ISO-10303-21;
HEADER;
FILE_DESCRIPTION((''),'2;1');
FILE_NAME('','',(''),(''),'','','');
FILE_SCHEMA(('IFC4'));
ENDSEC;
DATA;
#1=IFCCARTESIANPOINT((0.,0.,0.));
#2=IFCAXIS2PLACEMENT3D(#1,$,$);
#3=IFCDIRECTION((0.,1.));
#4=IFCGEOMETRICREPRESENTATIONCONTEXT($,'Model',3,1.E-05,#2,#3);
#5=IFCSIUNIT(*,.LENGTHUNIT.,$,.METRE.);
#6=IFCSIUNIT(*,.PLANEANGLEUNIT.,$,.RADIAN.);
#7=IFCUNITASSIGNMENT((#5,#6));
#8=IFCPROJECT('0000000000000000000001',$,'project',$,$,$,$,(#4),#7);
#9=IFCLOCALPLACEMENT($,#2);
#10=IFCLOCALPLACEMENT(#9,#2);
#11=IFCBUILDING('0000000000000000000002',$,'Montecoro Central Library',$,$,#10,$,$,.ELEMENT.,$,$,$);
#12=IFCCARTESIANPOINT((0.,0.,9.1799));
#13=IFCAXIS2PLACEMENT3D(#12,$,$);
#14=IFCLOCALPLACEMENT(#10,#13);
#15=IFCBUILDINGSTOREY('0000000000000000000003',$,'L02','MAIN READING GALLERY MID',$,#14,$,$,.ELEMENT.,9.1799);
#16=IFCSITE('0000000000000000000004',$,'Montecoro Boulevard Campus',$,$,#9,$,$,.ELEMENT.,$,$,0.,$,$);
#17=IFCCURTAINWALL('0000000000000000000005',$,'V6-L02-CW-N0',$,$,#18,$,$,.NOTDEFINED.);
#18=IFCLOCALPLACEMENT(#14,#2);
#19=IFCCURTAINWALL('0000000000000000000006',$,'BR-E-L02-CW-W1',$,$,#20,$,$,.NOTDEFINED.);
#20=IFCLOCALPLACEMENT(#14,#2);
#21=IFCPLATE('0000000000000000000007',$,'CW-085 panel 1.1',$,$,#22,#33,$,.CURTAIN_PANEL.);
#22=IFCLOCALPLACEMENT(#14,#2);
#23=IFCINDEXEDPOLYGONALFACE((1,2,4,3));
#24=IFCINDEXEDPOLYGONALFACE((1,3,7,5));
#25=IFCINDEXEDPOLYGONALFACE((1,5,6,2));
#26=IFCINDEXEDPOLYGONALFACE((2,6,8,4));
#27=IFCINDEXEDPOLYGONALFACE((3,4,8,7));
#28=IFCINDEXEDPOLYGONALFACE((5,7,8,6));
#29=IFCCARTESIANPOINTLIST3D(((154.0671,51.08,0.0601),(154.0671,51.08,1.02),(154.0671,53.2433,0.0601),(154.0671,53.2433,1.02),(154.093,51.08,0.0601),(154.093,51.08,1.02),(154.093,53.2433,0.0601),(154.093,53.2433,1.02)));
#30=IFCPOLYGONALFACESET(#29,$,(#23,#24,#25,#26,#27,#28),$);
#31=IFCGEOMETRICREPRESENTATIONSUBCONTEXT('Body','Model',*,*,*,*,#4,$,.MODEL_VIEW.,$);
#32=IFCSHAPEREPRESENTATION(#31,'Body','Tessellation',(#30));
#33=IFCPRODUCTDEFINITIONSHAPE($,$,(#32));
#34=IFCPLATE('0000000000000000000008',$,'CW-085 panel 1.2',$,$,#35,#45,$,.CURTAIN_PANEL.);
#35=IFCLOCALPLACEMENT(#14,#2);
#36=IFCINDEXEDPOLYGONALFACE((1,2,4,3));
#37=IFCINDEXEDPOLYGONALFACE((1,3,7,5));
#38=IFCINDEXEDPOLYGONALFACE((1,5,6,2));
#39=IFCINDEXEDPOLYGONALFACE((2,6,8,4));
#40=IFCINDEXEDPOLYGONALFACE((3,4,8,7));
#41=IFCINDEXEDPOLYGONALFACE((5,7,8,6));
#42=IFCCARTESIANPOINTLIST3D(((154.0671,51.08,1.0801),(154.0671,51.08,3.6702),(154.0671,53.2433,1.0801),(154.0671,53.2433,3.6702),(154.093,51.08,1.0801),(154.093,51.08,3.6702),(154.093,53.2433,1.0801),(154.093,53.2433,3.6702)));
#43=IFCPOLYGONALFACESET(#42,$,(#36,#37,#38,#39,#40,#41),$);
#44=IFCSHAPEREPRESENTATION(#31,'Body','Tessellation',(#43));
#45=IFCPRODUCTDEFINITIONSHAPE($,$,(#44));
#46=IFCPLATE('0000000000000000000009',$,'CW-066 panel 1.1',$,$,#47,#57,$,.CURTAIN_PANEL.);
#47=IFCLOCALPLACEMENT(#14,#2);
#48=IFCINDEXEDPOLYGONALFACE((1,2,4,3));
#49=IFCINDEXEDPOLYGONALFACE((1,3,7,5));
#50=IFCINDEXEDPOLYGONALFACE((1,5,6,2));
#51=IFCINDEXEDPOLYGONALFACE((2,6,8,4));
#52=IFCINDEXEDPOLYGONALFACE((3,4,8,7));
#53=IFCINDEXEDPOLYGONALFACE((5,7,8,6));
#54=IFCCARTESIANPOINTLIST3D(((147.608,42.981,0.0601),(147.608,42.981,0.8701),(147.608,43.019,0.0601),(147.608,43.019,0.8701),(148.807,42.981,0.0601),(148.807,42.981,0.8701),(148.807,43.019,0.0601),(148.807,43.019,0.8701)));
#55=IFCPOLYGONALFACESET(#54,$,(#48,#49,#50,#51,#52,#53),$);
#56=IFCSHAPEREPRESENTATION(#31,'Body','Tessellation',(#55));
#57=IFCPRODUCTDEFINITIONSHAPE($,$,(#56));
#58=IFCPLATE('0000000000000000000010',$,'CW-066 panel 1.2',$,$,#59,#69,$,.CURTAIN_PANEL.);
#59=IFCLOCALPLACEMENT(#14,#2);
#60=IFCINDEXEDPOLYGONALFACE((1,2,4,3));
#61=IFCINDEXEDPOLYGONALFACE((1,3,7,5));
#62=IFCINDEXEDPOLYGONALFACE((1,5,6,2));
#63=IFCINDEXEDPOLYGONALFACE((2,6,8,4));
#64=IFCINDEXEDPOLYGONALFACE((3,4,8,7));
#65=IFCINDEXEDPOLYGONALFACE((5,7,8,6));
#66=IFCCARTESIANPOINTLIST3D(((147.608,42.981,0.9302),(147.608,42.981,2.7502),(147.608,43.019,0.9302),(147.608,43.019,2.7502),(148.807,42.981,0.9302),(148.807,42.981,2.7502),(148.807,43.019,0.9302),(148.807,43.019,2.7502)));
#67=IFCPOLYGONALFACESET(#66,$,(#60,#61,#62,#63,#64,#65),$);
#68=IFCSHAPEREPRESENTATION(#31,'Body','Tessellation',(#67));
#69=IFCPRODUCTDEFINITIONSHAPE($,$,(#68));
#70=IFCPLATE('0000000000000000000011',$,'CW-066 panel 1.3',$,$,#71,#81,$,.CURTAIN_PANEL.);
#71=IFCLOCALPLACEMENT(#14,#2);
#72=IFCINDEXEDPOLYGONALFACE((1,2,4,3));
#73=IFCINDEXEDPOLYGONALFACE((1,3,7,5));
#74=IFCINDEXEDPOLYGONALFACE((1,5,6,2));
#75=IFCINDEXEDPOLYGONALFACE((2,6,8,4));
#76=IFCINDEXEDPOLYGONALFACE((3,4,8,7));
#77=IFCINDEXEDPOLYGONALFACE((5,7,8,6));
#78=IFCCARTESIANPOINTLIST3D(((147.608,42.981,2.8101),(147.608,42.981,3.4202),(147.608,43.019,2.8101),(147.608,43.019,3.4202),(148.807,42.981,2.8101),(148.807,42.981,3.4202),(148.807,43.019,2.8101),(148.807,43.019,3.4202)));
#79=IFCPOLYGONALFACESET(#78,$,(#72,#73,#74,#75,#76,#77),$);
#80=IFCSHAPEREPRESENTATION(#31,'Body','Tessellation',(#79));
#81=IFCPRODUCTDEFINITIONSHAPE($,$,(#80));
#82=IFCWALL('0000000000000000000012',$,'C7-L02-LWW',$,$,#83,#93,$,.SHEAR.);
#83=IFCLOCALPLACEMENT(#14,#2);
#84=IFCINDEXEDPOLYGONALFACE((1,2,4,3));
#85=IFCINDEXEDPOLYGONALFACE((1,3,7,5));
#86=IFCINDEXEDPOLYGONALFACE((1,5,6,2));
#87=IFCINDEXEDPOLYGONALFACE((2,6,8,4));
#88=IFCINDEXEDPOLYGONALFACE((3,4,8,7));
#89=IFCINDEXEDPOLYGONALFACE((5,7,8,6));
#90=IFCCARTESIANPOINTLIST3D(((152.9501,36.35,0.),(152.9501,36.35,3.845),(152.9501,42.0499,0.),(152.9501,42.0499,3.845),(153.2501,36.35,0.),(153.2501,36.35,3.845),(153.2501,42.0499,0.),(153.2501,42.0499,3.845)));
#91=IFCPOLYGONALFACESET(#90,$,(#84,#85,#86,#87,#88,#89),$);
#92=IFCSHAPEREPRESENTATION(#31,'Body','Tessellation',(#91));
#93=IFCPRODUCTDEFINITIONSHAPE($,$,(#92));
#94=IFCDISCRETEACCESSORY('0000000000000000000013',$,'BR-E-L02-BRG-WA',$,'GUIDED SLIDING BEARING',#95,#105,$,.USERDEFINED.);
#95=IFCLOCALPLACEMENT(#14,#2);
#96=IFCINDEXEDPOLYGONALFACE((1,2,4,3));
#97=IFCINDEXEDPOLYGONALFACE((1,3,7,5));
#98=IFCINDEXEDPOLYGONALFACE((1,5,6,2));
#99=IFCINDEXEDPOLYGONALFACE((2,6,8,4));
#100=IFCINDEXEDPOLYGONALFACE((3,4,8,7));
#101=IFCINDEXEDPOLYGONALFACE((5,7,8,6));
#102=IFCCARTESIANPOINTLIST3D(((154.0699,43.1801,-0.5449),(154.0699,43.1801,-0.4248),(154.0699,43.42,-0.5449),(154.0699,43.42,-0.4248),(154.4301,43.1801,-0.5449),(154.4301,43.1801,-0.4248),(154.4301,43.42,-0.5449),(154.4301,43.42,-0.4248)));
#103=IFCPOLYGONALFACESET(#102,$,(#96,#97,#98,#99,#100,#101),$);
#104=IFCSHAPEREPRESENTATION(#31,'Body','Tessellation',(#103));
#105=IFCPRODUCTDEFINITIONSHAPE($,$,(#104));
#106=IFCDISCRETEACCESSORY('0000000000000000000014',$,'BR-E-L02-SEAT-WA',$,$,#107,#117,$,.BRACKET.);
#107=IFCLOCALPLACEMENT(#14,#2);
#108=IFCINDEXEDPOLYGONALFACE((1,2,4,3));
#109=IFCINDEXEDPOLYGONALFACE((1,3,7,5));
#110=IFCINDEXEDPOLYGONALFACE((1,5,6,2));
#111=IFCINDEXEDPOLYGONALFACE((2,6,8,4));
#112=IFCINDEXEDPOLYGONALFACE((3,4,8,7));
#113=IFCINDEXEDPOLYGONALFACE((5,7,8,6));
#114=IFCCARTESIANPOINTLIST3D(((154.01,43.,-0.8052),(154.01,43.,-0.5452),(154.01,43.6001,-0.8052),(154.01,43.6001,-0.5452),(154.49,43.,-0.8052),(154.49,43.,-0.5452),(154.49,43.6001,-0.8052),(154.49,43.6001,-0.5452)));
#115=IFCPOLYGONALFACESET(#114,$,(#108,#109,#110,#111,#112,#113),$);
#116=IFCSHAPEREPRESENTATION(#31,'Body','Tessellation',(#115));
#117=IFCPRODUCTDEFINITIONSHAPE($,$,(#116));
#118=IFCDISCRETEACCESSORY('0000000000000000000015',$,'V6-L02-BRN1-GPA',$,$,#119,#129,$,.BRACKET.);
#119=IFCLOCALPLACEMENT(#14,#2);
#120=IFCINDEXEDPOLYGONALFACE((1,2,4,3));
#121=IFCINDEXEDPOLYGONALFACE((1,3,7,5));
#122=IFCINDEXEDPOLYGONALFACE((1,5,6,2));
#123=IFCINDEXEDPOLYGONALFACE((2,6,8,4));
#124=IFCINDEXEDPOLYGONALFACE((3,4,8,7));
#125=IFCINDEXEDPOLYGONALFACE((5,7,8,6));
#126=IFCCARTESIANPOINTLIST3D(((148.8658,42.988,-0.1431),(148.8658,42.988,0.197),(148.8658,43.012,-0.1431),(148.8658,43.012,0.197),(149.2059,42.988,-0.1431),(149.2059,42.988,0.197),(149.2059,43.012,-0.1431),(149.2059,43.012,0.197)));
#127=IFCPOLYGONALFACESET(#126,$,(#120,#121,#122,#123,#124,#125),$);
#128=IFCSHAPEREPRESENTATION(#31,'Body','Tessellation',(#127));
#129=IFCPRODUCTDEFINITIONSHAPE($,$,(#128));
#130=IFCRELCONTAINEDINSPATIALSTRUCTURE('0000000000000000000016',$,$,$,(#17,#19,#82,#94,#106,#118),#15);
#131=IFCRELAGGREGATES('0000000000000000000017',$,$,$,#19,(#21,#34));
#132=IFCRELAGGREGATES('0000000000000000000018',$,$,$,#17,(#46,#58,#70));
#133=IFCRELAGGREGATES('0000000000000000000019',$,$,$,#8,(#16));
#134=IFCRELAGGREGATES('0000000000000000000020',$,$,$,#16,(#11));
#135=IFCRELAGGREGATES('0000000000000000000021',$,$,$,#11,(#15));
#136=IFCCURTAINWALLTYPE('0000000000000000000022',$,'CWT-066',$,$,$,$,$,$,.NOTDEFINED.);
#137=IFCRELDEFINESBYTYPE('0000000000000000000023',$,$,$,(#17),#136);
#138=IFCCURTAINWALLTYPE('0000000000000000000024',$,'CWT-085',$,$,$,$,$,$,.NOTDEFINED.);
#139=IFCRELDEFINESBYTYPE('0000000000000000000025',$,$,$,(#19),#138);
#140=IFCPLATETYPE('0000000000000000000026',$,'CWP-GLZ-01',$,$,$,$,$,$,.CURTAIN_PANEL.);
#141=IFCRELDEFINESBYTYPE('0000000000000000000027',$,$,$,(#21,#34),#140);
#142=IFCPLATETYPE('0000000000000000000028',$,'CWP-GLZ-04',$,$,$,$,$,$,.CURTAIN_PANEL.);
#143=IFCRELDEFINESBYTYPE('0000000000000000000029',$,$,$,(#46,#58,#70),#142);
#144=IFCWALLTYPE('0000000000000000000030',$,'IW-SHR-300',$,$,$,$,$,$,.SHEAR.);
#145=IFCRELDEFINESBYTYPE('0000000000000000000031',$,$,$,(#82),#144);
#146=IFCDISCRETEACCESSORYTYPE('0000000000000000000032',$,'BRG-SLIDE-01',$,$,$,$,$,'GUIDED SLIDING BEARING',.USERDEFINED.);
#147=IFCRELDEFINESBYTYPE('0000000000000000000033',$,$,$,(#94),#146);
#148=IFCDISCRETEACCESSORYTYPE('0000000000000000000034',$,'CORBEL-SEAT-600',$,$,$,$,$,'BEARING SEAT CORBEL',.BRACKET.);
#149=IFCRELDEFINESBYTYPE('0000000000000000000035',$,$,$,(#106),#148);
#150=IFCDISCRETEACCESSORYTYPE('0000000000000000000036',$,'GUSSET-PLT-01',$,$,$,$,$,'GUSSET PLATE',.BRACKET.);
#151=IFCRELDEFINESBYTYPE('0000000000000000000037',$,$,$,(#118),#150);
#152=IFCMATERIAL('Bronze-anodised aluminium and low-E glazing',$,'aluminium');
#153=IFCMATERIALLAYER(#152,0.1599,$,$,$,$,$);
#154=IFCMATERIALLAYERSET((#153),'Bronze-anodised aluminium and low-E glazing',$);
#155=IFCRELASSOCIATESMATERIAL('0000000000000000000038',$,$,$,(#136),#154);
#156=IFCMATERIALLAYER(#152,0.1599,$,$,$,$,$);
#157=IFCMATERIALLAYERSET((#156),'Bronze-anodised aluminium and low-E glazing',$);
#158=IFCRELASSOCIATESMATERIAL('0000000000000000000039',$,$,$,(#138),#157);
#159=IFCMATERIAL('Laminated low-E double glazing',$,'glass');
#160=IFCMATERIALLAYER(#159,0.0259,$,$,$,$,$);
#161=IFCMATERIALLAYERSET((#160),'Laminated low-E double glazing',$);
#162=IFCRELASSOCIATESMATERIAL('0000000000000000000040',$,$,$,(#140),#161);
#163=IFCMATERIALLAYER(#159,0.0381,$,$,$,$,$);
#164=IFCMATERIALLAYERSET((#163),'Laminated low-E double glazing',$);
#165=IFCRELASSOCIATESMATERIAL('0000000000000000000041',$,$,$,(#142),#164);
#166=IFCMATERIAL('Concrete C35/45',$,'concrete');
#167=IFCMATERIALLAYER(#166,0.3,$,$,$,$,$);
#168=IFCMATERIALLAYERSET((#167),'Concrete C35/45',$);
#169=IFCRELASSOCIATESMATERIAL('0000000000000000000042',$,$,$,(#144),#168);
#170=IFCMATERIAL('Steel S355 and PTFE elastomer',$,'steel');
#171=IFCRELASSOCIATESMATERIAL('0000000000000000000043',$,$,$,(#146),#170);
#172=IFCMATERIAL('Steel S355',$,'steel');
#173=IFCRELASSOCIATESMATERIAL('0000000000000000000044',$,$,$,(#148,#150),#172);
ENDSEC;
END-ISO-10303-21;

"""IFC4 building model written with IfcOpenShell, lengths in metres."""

from ifc_helpers import new_model, si_unit, direction, frame, frame_2d, origin, origin_2d, place, context, subcontext, project, spatial, rectangle, extrude, material, layer, layer_set, type_object, element, aggregate, save


model = new_model("IFC4")

# Units and contexts
model_context = context("Model", 3, precision=1e-05, world=origin(), true_north=direction((0.0, 1.0)))
body_context = subcontext(model_context, "Body", "Model", "MODEL_VIEW")
ifc_project = project(units=[si_unit("LENGTHUNIT", "METRE"), si_unit("PLANEANGLEUNIT", "RADIAN")], contexts=[model_context])

# Site, building, storey
site_placement = place(None, origin())
site = spatial("IfcSite", under=ifc_project, at=site_placement, Name="Montecoro Boulevard Campus", CompositionType="ELEMENT", RefElevation=0.0)
building_placement = place(site_placement, origin())
building = spatial("IfcBuilding", under=site, at=building_placement, Name="Montecoro Central Library", CompositionType="ELEMENT")
storey_placement = place(building_placement, frame((0.0, 0.0, 9.1799)))
storey = spatial("IfcBuildingStorey", under=building, at=storey_placement, Name="L02", Description="MAIN READING GALLERY MID", CompositionType="ELEMENT", Elevation=9.1799)

# Shared definitions
ifc_material_1 = material(Name="Steel S355", Category="steel")

# Curtain wall
ifc_material_2 = material(Name="Bronze-anodised aluminium and low-E glazing", Category="aluminium")
ifc_layer_1 = layer(ifc_material_2, 0.1599)
ifc_layer_set_1 = layer_set([ifc_layer_1], Name="Bronze-anodised aluminium and low-E glazing")
curtain_wall_type_1 = type_object("IfcCurtainWallType", Name="CWT-066", PredefinedType="NOTDEFINED", material=ifc_layer_set_1)
curtain_wall_1_placement = place(storey_placement, origin())
curtain_wall_1 = element("IfcCurtainWall", 1, at=curtain_wall_1_placement, inside=storey, type_object=curtain_wall_type_1, Name="V6-L02-CW-N0", PredefinedType="NOTDEFINED")

# Curtain wall
ifc_layer_2 = layer(ifc_material_2, 0.1599)
ifc_layer_set_2 = layer_set([ifc_layer_2], Name="Bronze-anodised aluminium and low-E glazing")
curtain_wall_type_2 = type_object("IfcCurtainWallType", Name="CWT-085", PredefinedType="NOTDEFINED", material=ifc_layer_set_2)
curtain_wall_2_placement = place(storey_placement, origin())
curtain_wall_2 = element("IfcCurtainWall", 2, at=curtain_wall_2_placement, inside=storey, type_object=curtain_wall_type_2, Name="BR-E-L02-CW-W1", PredefinedType="NOTDEFINED")

# Plates
ifc_material_3 = material(Name="Laminated low-E double glazing", Category="glass")
ifc_layer_3 = layer(ifc_material_3, 0.0259)
ifc_layer_set_3 = layer_set([ifc_layer_3], Name="Laminated low-E double glazing")
plate_type_1 = type_object("IfcPlateType", Name="CWP-GLZ-01", PredefinedType="CURTAIN_PANEL", material=ifc_layer_set_3)
plate_1_placement = place(storey_placement, frame((154.0801, 52.1616, 0.0601), z_axis=(0.0, 0.0, 1.0), x_axis=(0.0, 1.0, 0.0)))
plate_1 = element("IfcPlate", 3, at=plate_1_placement, type_object=plate_type_1, Name="CW-085 panel 1.1", PredefinedType="CURTAIN_PANEL", context=body_context, shape_type="SweptSolid", body=[
    extrude(rectangle(XDim=2.1633, YDim=0.0259, at=origin_2d()), origin(), (0.0, 0.0, 1.0), 0.96),
])
plate_2_placement = place(storey_placement, frame((154.0801, 52.1616, 1.0801), z_axis=(0.0, 0.0, 1.0), x_axis=(0.0, 1.0, 0.0)))
plate_2 = element("IfcPlate", 4, at=plate_2_placement, type_object=plate_type_1, Name="CW-085 panel 1.2", PredefinedType="CURTAIN_PANEL", context=body_context, shape_type="SweptSolid", body=[
    extrude(rectangle(XDim=2.1633, YDim=0.0259, at=origin_2d()), origin(), (0.0, 0.0, 1.0), 2.5901),
])
aggregate(curtain_wall_2, [plate_1, plate_2])
ifc_layer_4 = layer(ifc_material_3, 0.0381)
ifc_layer_set_4 = layer_set([ifc_layer_4], Name="Laminated low-E double glazing")
plate_type_2 = type_object("IfcPlateType", Name="CWP-GLZ-04", PredefinedType="CURTAIN_PANEL", material=ifc_layer_set_4)
plate_3_placement = place(storey_placement, frame((148.2075, 43.0, 0.0601), z_axis=(0.0, 0.0, 1.0), x_axis=(-1.0, 0.0, 0.0)))
plate_3 = element("IfcPlate", 5, at=plate_3_placement, type_object=plate_type_2, Name="CW-066 panel 1.1", PredefinedType="CURTAIN_PANEL", context=body_context, shape_type="SweptSolid", body=[
    extrude(rectangle(XDim=1.199, YDim=0.0381, at=origin_2d()), origin(), (0.0, 0.0, 1.0), 0.8101),
])
plate_4_placement = place(storey_placement, frame((148.2075, 43.0, 0.9302), z_axis=(0.0, 0.0, 1.0), x_axis=(-1.0, 0.0, 0.0)))
plate_4 = element("IfcPlate", 6, at=plate_4_placement, type_object=plate_type_2, Name="CW-066 panel 1.2", PredefinedType="CURTAIN_PANEL", context=body_context, shape_type="SweptSolid", body=[
    extrude(rectangle(XDim=1.199, YDim=0.0381, at=origin_2d()), origin(), (0.0, 0.0, 1.0), 1.8201),
])
plate_5_placement = place(storey_placement, frame((148.2075, 43.0, 2.8101), z_axis=(0.0, 0.0, 1.0), x_axis=(-1.0, 0.0, 0.0)))
plate_5 = element("IfcPlate", 7, at=plate_5_placement, type_object=plate_type_2, Name="CW-066 panel 1.3", PredefinedType="CURTAIN_PANEL", context=body_context, shape_type="SweptSolid", body=[
    extrude(rectangle(XDim=1.199, YDim=0.0381, at=origin_2d()), origin(), (0.0, 0.0, 1.0), 0.6101),
])
aggregate(curtain_wall_1, [plate_3, plate_4, plate_5])

# Wall
ifc_material_4 = material(Name="Concrete C35/45", Category="concrete")
ifc_layer_5 = layer(ifc_material_4, 0.3)
ifc_layer_set_5 = layer_set([ifc_layer_5], Name="Concrete C35/45")
wall_type = type_object("IfcWallType", Name="IW-SHR-300", PredefinedType="SHEAR", material=ifc_layer_set_5)
wall_placement = place(storey_placement, frame((153.1001, 42.05, 0.0), z_axis=(0.0, 0.0, 1.0), x_axis=(0.0, -1.0, 0.0)))
element("IfcWall", 8, at=wall_placement, inside=storey, type_object=wall_type, Name="C7-L02-LWW", PredefinedType="SHEAR", context=body_context, shape_type="SweptSolid", body=[
    extrude(rectangle(XDim=5.7, YDim=0.3, at=frame_2d((2.8501, 0.0))), origin(), (0.0, 0.0, 1.0), 3.845),
])

# Discrete accessories
ifc_material_5 = material(Name="Steel S355 and PTFE elastomer", Category="steel")
discrete_accessory_type_1 = type_object("IfcDiscreteAccessoryType", Name="BRG-SLIDE-01", ElementType="GUIDED SLIDING BEARING", PredefinedType="USERDEFINED", material=ifc_material_5)
discrete_accessory_1_placement = place(storey_placement, frame((154.25, 43.3, -0.5449), z_axis=(0.0, 0.0, 1.0), x_axis=(1.0, 0.0, 0.0)))
element("IfcDiscreteAccessory", 9, at=discrete_accessory_1_placement, inside=storey, type_object=discrete_accessory_type_1, Name="BR-E-L02-BRG-WA", ObjectType="GUIDED SLIDING BEARING", PredefinedType="USERDEFINED", context=body_context, shape_type="SweptSolid", body=[
    extrude(rectangle(XDim=0.3601, YDim=0.24, at=origin_2d()), origin(), (0.0, 0.0, 1.0), 0.1201),
])
discrete_accessory_type_2 = type_object("IfcDiscreteAccessoryType", Name="CORBEL-SEAT-600", ElementType="BEARING SEAT CORBEL", PredefinedType="BRACKET", material=ifc_material_1)
discrete_accessory_2_placement = place(storey_placement, frame((154.25, 43.3, -0.8052), z_axis=(0.0, 0.0, 1.0), x_axis=(1.0, 0.0, 0.0)))
element("IfcDiscreteAccessory", 10, at=discrete_accessory_2_placement, inside=storey, type_object=discrete_accessory_type_2, Name="BR-E-L02-SEAT-WA", PredefinedType="BRACKET", context=body_context, shape_type="SweptSolid", body=[
    extrude(rectangle(XDim=0.48, YDim=0.6001, at=origin_2d()), origin(), (0.0, 0.0, 1.0), 0.26),
])
discrete_accessory_type_3 = type_object("IfcDiscreteAccessoryType", Name="GUSSET-PLT-01", ElementType="GUSSET PLATE", PredefinedType="BRACKET", material=ifc_material_1)
discrete_accessory_3_placement = place(storey_placement, frame((149.0359, 43.0, -0.1431), z_axis=(0.0, 0.0, 1.0), x_axis=(1.0, 0.0, 0.0)))
element("IfcDiscreteAccessory", 11, at=discrete_accessory_3_placement, inside=storey, type_object=discrete_accessory_type_3, Name="V6-L02-BRN1-GPA", PredefinedType="BRACKET", context=body_context, shape_type="SweptSolid", body=[
    extrude(rectangle(XDim=0.3401, YDim=0.0239, at=origin_2d()), origin(), (0.0, 0.0, 1.0), 0.3401),
])

save(model, "model.ifc")
